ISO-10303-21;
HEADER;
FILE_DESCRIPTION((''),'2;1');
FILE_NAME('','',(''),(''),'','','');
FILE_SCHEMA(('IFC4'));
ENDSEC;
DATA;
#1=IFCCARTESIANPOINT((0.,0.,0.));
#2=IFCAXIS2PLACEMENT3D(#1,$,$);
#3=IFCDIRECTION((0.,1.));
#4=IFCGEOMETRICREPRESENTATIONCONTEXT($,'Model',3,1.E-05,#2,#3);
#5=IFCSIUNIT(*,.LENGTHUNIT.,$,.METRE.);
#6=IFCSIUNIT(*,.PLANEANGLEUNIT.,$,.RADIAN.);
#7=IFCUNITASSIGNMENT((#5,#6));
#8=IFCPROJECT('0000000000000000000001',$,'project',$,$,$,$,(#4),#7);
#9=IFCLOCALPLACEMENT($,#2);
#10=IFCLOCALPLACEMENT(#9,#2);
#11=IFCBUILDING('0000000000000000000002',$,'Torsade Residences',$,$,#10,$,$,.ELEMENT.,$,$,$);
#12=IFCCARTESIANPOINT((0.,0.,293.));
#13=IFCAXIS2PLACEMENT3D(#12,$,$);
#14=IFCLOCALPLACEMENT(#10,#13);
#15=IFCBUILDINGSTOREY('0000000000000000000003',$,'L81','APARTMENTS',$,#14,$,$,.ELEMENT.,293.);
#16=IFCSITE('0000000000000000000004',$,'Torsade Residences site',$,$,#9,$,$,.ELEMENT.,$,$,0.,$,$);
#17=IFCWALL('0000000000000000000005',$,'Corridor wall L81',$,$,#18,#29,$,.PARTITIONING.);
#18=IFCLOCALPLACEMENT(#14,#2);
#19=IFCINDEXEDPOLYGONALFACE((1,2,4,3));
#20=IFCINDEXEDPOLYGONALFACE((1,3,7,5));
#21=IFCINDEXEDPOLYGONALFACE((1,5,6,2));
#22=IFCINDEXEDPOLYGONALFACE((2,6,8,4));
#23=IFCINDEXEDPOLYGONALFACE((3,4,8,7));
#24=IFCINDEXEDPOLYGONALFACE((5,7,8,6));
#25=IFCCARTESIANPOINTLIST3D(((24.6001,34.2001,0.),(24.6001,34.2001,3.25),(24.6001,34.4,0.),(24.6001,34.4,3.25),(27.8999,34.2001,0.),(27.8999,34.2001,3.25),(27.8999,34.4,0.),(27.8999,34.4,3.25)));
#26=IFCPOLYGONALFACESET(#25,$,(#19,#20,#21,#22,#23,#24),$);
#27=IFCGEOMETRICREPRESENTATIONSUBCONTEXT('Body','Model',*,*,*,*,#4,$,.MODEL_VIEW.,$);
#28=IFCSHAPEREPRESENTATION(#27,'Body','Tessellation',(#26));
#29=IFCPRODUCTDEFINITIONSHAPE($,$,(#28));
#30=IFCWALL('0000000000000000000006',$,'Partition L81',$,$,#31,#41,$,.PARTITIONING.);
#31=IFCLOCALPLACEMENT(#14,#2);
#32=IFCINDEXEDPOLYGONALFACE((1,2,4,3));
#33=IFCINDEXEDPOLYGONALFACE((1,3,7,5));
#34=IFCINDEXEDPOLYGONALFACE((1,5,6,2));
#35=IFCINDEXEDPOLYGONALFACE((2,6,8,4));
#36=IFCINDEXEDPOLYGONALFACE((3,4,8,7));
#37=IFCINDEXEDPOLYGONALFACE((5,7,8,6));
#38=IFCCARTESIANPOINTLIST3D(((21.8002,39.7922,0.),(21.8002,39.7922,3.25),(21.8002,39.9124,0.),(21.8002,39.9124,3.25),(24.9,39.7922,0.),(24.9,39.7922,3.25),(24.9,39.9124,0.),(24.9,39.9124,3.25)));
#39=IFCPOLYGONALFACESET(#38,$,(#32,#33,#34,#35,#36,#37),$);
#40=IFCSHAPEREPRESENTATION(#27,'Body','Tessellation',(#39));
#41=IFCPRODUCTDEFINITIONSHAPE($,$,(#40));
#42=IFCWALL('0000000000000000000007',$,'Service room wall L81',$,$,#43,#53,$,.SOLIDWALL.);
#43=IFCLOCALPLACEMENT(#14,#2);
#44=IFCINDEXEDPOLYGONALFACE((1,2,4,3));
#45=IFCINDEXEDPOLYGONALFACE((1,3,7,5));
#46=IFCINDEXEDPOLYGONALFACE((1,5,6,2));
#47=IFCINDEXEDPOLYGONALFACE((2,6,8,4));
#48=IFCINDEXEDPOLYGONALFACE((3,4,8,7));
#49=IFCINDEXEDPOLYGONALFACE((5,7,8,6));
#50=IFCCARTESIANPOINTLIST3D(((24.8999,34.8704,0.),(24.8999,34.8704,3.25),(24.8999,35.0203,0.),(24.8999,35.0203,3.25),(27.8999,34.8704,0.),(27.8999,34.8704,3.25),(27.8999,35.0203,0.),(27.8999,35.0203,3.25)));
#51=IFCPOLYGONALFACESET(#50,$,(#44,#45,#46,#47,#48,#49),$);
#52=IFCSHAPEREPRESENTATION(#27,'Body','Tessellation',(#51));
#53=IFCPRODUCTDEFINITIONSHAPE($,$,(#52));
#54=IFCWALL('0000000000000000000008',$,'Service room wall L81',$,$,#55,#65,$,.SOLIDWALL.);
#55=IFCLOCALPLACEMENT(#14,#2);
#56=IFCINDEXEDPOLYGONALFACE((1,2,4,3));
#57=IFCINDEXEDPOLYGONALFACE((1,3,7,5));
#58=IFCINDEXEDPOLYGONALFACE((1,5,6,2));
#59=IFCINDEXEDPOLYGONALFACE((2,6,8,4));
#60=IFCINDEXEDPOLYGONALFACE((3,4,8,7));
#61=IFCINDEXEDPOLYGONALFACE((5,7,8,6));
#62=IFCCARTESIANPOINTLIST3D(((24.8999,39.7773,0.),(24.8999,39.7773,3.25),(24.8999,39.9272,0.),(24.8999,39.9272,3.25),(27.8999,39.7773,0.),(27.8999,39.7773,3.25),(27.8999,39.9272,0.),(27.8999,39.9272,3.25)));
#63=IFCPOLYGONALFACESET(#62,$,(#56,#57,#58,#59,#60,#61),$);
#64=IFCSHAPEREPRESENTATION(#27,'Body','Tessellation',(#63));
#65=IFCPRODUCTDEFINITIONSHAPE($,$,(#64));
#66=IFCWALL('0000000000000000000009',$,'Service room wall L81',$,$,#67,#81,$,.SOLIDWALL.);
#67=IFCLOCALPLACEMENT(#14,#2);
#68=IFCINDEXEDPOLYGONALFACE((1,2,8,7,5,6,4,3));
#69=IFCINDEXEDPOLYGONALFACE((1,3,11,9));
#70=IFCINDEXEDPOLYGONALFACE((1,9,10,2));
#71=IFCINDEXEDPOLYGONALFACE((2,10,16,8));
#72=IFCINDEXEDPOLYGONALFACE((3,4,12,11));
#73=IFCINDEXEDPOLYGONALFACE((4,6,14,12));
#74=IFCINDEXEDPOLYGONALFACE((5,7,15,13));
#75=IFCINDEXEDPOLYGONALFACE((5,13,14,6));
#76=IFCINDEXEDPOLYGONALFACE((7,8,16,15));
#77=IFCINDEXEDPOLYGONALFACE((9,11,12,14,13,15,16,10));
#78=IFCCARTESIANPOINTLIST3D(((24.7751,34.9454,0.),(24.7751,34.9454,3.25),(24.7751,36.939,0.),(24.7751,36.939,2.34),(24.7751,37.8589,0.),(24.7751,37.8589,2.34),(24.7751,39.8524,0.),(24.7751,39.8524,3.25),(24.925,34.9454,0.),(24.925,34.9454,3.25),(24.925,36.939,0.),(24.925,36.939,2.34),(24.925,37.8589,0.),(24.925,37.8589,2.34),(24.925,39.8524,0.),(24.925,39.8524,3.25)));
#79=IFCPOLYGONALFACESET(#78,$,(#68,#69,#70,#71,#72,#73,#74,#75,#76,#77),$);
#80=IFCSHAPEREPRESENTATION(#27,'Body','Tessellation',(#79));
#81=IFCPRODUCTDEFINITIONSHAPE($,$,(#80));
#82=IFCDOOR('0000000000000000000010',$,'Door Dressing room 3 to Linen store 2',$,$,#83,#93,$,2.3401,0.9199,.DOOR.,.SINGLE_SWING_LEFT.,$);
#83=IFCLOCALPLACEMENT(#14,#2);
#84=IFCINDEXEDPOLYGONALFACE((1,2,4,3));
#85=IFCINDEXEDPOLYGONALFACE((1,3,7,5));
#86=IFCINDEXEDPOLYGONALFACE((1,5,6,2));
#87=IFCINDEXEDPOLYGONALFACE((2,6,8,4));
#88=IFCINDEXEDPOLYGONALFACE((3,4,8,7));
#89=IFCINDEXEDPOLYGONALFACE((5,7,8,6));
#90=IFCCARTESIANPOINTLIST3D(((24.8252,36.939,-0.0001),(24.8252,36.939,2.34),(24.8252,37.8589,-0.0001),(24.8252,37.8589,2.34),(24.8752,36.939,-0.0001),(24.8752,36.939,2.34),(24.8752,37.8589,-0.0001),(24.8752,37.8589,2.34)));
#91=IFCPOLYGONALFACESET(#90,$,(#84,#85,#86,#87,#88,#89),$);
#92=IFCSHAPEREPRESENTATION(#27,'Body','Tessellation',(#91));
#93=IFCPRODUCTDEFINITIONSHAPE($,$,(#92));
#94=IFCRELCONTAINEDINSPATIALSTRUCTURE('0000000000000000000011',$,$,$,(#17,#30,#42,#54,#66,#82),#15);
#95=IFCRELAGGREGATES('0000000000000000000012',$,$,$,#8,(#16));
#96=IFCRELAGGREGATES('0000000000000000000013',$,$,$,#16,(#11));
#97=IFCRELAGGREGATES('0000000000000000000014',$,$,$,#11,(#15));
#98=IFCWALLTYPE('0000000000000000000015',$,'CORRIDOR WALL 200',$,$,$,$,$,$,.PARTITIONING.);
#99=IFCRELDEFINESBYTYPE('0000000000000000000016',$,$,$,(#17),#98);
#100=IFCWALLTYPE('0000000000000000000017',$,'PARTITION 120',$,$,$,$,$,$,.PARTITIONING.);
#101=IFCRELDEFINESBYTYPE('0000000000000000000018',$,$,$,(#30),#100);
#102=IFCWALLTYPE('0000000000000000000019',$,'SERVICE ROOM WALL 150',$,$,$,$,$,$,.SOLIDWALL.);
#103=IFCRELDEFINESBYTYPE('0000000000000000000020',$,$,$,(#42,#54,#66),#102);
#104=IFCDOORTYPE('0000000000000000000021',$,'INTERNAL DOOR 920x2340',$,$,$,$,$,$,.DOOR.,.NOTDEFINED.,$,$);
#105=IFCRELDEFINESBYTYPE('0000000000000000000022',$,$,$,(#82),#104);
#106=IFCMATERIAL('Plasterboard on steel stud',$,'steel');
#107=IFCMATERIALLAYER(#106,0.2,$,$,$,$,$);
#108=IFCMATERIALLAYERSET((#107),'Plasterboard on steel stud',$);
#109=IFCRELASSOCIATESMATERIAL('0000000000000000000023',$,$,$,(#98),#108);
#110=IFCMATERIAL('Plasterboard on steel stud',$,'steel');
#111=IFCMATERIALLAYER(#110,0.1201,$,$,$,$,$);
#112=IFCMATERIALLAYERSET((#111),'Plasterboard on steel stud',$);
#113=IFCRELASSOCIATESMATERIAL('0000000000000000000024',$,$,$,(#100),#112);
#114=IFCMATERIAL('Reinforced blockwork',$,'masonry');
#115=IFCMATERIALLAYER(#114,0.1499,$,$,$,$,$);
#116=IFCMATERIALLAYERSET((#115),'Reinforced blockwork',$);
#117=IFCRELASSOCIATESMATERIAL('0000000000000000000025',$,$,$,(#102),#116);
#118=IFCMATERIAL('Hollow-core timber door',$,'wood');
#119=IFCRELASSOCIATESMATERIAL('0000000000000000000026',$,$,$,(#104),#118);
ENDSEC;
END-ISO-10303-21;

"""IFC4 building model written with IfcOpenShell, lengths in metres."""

from ifc_helpers import new_model, si_unit, direction, frame, frame_2d, origin, place, context, subcontext, project, spatial, rectangle, extrude, material, layer, layer_set, type_object, element, fill, save


model = new_model("IFC4")

# Units and contexts
model_context = context("Model", 3, precision=1e-05, world=origin(), true_north=direction((0.0, 1.0)))
body_context = subcontext(model_context, "Body", "Model", "MODEL_VIEW")
ifc_project = project(units=[si_unit("LENGTHUNIT", "METRE"), si_unit("PLANEANGLEUNIT", "RADIAN")], contexts=[model_context])

# Site, building, storey
site_placement = place(None, origin())
site = spatial("IfcSite", under=ifc_project, at=site_placement, Name="Torsade Residences site", CompositionType="ELEMENT", RefElevation=0.0)
building_placement = place(site_placement, origin())
building = spatial("IfcBuilding", under=site, at=building_placement, Name="Torsade Residences", CompositionType="ELEMENT")
storey_placement = place(building_placement, frame((0.0, 0.0, 293.0)))
storey = spatial("IfcBuildingStorey", under=building, at=storey_placement, Name="L81", Description="APARTMENTS", CompositionType="ELEMENT", Elevation=293.0)

# Walls
ifc_material_1 = material(Name="Plasterboard on steel stud", Category="steel")
ifc_layer_1 = layer(ifc_material_1, 0.2)
ifc_layer_set_1 = layer_set([ifc_layer_1], Name="Plasterboard on steel stud")
wall_type_1 = type_object("IfcWallType", Name="CORRIDOR WALL 200", PredefinedType="PARTITIONING", material=ifc_layer_set_1)
wall_1_placement = place(storey_placement, frame((27.8999, 34.3, 0.0), z_axis=(0.0, 0.0, 1.0), x_axis=(-1.0, 0.0, 0.0)))
element("IfcWall", 1, at=wall_1_placement, inside=storey, type_object=wall_type_1, Name="Corridor wall L81", PredefinedType="PARTITIONING", context=body_context, shape_type="SweptSolid", body=[
    extrude(rectangle(XDim=3.2998, YDim=0.2, at=frame_2d((1.6499, 0.0))), origin(), (0.0, 0.0, 1.0), 3.25),
])
ifc_material_2 = material(Name="Plasterboard on steel stud", Category="steel")
ifc_layer_2 = layer(ifc_material_2, 0.1201)
ifc_layer_set_2 = layer_set([ifc_layer_2], Name="Plasterboard on steel stud")
wall_type_2 = type_object("IfcWallType", Name="PARTITION 120", PredefinedType="PARTITIONING", material=ifc_layer_set_2)
wall_2_placement = place(storey_placement, frame((24.8999, 39.8523, 0.0), z_axis=(0.0, 0.0, 1.0), x_axis=(-1.0, 0.0, 0.0)))
element("IfcWall", 2, at=wall_2_placement, inside=storey, type_object=wall_type_2, Name="Partition L81", PredefinedType="PARTITIONING", context=body_context, shape_type="SweptSolid", body=[
    extrude(rectangle(XDim=3.0999, YDim=0.1201, at=frame_2d((1.5498, 0.0))), origin(), (0.0, 0.0, 1.0), 3.25),
])
ifc_material_3 = material(Name="Reinforced blockwork", Category="masonry")
ifc_layer_3 = layer(ifc_material_3, 0.1499)
ifc_layer_set_3 = layer_set([ifc_layer_3], Name="Reinforced blockwork")
wall_type_3 = type_object("IfcWallType", Name="SERVICE ROOM WALL 150", PredefinedType="SOLIDWALL", material=ifc_layer_set_3)
for number, where, z_axis, x_axis, name in (
    (3, (24.8999, 34.9453, 0.0), (0.0, 0.0, 1.0), (1.0, 0.0, 0.0), "Service room wall L81"),
    (4, (27.8999, 39.8523, 0.0), (0.0, 0.0, 1.0), (-1.0, 0.0, 0.0), "Service room wall L81"),
):
    element("IfcWall", number, at=place(storey_placement, frame(where, z_axis=z_axis, x_axis=x_axis)), inside=storey, type_object=wall_type_3, Name=name, PredefinedType="SOLIDWALL", context=body_context, shape_type="SweptSolid", body=[
        extrude(rectangle(XDim=3.0, YDim=0.1499, at=frame_2d((1.5, 0.0))), origin(), (0.0, 0.0, 1.0), 3.25),
    ])

# Wall, opening, door
wall_3_placement = place(storey_placement, frame((24.8501, 34.9453, 0.0), z_axis=(0.0, 0.0, 1.0), x_axis=(0.0, 1.0, 0.0)))
wall_3 = element("IfcWall", 5, at=wall_3_placement, inside=storey, type_object=wall_type_3, Name="Service room wall L81", PredefinedType="SOLIDWALL", context=body_context, shape_type="SweptSolid", body=[
    extrude(rectangle(XDim=4.907, YDim=0.1499, at=frame_2d((2.4536, 0.0))), origin(), (0.0, 0.0, 1.0), 3.25),
])
opening_1_placement = place(wall_3_placement, frame((1.9937, 0.0, 0.0)))
opening_1 = element("IfcOpeningElement", 6, at=opening_1_placement, cuts=wall_3, PredefinedType="OPENING", context=body_context, shape_type="SweptSolid", body=[
    extrude(rectangle(XDim=0.9199, YDim=2.3401, at=frame_2d((0.46, 1.1699))), frame((0.0, 0.085, 0.0), z_axis=(0.0, -1.0, 0.0), x_axis=(1.0, 0.0, 0.0)), (0.0, 0.0, 1.0), 0.1699),
])
ifc_material_4 = material(Name="Hollow-core timber door", Category="wood")
door_type_1 = type_object("IfcDoorType", Name="INTERNAL DOOR 920x2340", OperationType="NOTDEFINED", PredefinedType="DOOR", material=ifc_material_4)
door_1_placement = place(opening_1_placement, origin())
door_1 = element("IfcDoor", 7, at=door_1_placement, inside=storey, type_object=door_type_1, Name="Door Dressing room 3 to Linen store 2", OperationType="SINGLE_SWING_LEFT", OverallHeight=2.3401, OverallWidth=0.9199, PredefinedType="DOOR", context=body_context, shape_type="SweptSolid", body=[
    extrude(rectangle(XDim=0.9199, YDim=2.3401, at=frame_2d((0.46, 1.1699))), frame((0.0, 0.0249, 0.0), z_axis=(0.0, -1.0, 0.0), x_axis=(1.0, 0.0, 0.0)), (0.0, 0.0, 1.0), 0.05),
])
fill(opening_1, door_1)

save(model, "model.ifc")
